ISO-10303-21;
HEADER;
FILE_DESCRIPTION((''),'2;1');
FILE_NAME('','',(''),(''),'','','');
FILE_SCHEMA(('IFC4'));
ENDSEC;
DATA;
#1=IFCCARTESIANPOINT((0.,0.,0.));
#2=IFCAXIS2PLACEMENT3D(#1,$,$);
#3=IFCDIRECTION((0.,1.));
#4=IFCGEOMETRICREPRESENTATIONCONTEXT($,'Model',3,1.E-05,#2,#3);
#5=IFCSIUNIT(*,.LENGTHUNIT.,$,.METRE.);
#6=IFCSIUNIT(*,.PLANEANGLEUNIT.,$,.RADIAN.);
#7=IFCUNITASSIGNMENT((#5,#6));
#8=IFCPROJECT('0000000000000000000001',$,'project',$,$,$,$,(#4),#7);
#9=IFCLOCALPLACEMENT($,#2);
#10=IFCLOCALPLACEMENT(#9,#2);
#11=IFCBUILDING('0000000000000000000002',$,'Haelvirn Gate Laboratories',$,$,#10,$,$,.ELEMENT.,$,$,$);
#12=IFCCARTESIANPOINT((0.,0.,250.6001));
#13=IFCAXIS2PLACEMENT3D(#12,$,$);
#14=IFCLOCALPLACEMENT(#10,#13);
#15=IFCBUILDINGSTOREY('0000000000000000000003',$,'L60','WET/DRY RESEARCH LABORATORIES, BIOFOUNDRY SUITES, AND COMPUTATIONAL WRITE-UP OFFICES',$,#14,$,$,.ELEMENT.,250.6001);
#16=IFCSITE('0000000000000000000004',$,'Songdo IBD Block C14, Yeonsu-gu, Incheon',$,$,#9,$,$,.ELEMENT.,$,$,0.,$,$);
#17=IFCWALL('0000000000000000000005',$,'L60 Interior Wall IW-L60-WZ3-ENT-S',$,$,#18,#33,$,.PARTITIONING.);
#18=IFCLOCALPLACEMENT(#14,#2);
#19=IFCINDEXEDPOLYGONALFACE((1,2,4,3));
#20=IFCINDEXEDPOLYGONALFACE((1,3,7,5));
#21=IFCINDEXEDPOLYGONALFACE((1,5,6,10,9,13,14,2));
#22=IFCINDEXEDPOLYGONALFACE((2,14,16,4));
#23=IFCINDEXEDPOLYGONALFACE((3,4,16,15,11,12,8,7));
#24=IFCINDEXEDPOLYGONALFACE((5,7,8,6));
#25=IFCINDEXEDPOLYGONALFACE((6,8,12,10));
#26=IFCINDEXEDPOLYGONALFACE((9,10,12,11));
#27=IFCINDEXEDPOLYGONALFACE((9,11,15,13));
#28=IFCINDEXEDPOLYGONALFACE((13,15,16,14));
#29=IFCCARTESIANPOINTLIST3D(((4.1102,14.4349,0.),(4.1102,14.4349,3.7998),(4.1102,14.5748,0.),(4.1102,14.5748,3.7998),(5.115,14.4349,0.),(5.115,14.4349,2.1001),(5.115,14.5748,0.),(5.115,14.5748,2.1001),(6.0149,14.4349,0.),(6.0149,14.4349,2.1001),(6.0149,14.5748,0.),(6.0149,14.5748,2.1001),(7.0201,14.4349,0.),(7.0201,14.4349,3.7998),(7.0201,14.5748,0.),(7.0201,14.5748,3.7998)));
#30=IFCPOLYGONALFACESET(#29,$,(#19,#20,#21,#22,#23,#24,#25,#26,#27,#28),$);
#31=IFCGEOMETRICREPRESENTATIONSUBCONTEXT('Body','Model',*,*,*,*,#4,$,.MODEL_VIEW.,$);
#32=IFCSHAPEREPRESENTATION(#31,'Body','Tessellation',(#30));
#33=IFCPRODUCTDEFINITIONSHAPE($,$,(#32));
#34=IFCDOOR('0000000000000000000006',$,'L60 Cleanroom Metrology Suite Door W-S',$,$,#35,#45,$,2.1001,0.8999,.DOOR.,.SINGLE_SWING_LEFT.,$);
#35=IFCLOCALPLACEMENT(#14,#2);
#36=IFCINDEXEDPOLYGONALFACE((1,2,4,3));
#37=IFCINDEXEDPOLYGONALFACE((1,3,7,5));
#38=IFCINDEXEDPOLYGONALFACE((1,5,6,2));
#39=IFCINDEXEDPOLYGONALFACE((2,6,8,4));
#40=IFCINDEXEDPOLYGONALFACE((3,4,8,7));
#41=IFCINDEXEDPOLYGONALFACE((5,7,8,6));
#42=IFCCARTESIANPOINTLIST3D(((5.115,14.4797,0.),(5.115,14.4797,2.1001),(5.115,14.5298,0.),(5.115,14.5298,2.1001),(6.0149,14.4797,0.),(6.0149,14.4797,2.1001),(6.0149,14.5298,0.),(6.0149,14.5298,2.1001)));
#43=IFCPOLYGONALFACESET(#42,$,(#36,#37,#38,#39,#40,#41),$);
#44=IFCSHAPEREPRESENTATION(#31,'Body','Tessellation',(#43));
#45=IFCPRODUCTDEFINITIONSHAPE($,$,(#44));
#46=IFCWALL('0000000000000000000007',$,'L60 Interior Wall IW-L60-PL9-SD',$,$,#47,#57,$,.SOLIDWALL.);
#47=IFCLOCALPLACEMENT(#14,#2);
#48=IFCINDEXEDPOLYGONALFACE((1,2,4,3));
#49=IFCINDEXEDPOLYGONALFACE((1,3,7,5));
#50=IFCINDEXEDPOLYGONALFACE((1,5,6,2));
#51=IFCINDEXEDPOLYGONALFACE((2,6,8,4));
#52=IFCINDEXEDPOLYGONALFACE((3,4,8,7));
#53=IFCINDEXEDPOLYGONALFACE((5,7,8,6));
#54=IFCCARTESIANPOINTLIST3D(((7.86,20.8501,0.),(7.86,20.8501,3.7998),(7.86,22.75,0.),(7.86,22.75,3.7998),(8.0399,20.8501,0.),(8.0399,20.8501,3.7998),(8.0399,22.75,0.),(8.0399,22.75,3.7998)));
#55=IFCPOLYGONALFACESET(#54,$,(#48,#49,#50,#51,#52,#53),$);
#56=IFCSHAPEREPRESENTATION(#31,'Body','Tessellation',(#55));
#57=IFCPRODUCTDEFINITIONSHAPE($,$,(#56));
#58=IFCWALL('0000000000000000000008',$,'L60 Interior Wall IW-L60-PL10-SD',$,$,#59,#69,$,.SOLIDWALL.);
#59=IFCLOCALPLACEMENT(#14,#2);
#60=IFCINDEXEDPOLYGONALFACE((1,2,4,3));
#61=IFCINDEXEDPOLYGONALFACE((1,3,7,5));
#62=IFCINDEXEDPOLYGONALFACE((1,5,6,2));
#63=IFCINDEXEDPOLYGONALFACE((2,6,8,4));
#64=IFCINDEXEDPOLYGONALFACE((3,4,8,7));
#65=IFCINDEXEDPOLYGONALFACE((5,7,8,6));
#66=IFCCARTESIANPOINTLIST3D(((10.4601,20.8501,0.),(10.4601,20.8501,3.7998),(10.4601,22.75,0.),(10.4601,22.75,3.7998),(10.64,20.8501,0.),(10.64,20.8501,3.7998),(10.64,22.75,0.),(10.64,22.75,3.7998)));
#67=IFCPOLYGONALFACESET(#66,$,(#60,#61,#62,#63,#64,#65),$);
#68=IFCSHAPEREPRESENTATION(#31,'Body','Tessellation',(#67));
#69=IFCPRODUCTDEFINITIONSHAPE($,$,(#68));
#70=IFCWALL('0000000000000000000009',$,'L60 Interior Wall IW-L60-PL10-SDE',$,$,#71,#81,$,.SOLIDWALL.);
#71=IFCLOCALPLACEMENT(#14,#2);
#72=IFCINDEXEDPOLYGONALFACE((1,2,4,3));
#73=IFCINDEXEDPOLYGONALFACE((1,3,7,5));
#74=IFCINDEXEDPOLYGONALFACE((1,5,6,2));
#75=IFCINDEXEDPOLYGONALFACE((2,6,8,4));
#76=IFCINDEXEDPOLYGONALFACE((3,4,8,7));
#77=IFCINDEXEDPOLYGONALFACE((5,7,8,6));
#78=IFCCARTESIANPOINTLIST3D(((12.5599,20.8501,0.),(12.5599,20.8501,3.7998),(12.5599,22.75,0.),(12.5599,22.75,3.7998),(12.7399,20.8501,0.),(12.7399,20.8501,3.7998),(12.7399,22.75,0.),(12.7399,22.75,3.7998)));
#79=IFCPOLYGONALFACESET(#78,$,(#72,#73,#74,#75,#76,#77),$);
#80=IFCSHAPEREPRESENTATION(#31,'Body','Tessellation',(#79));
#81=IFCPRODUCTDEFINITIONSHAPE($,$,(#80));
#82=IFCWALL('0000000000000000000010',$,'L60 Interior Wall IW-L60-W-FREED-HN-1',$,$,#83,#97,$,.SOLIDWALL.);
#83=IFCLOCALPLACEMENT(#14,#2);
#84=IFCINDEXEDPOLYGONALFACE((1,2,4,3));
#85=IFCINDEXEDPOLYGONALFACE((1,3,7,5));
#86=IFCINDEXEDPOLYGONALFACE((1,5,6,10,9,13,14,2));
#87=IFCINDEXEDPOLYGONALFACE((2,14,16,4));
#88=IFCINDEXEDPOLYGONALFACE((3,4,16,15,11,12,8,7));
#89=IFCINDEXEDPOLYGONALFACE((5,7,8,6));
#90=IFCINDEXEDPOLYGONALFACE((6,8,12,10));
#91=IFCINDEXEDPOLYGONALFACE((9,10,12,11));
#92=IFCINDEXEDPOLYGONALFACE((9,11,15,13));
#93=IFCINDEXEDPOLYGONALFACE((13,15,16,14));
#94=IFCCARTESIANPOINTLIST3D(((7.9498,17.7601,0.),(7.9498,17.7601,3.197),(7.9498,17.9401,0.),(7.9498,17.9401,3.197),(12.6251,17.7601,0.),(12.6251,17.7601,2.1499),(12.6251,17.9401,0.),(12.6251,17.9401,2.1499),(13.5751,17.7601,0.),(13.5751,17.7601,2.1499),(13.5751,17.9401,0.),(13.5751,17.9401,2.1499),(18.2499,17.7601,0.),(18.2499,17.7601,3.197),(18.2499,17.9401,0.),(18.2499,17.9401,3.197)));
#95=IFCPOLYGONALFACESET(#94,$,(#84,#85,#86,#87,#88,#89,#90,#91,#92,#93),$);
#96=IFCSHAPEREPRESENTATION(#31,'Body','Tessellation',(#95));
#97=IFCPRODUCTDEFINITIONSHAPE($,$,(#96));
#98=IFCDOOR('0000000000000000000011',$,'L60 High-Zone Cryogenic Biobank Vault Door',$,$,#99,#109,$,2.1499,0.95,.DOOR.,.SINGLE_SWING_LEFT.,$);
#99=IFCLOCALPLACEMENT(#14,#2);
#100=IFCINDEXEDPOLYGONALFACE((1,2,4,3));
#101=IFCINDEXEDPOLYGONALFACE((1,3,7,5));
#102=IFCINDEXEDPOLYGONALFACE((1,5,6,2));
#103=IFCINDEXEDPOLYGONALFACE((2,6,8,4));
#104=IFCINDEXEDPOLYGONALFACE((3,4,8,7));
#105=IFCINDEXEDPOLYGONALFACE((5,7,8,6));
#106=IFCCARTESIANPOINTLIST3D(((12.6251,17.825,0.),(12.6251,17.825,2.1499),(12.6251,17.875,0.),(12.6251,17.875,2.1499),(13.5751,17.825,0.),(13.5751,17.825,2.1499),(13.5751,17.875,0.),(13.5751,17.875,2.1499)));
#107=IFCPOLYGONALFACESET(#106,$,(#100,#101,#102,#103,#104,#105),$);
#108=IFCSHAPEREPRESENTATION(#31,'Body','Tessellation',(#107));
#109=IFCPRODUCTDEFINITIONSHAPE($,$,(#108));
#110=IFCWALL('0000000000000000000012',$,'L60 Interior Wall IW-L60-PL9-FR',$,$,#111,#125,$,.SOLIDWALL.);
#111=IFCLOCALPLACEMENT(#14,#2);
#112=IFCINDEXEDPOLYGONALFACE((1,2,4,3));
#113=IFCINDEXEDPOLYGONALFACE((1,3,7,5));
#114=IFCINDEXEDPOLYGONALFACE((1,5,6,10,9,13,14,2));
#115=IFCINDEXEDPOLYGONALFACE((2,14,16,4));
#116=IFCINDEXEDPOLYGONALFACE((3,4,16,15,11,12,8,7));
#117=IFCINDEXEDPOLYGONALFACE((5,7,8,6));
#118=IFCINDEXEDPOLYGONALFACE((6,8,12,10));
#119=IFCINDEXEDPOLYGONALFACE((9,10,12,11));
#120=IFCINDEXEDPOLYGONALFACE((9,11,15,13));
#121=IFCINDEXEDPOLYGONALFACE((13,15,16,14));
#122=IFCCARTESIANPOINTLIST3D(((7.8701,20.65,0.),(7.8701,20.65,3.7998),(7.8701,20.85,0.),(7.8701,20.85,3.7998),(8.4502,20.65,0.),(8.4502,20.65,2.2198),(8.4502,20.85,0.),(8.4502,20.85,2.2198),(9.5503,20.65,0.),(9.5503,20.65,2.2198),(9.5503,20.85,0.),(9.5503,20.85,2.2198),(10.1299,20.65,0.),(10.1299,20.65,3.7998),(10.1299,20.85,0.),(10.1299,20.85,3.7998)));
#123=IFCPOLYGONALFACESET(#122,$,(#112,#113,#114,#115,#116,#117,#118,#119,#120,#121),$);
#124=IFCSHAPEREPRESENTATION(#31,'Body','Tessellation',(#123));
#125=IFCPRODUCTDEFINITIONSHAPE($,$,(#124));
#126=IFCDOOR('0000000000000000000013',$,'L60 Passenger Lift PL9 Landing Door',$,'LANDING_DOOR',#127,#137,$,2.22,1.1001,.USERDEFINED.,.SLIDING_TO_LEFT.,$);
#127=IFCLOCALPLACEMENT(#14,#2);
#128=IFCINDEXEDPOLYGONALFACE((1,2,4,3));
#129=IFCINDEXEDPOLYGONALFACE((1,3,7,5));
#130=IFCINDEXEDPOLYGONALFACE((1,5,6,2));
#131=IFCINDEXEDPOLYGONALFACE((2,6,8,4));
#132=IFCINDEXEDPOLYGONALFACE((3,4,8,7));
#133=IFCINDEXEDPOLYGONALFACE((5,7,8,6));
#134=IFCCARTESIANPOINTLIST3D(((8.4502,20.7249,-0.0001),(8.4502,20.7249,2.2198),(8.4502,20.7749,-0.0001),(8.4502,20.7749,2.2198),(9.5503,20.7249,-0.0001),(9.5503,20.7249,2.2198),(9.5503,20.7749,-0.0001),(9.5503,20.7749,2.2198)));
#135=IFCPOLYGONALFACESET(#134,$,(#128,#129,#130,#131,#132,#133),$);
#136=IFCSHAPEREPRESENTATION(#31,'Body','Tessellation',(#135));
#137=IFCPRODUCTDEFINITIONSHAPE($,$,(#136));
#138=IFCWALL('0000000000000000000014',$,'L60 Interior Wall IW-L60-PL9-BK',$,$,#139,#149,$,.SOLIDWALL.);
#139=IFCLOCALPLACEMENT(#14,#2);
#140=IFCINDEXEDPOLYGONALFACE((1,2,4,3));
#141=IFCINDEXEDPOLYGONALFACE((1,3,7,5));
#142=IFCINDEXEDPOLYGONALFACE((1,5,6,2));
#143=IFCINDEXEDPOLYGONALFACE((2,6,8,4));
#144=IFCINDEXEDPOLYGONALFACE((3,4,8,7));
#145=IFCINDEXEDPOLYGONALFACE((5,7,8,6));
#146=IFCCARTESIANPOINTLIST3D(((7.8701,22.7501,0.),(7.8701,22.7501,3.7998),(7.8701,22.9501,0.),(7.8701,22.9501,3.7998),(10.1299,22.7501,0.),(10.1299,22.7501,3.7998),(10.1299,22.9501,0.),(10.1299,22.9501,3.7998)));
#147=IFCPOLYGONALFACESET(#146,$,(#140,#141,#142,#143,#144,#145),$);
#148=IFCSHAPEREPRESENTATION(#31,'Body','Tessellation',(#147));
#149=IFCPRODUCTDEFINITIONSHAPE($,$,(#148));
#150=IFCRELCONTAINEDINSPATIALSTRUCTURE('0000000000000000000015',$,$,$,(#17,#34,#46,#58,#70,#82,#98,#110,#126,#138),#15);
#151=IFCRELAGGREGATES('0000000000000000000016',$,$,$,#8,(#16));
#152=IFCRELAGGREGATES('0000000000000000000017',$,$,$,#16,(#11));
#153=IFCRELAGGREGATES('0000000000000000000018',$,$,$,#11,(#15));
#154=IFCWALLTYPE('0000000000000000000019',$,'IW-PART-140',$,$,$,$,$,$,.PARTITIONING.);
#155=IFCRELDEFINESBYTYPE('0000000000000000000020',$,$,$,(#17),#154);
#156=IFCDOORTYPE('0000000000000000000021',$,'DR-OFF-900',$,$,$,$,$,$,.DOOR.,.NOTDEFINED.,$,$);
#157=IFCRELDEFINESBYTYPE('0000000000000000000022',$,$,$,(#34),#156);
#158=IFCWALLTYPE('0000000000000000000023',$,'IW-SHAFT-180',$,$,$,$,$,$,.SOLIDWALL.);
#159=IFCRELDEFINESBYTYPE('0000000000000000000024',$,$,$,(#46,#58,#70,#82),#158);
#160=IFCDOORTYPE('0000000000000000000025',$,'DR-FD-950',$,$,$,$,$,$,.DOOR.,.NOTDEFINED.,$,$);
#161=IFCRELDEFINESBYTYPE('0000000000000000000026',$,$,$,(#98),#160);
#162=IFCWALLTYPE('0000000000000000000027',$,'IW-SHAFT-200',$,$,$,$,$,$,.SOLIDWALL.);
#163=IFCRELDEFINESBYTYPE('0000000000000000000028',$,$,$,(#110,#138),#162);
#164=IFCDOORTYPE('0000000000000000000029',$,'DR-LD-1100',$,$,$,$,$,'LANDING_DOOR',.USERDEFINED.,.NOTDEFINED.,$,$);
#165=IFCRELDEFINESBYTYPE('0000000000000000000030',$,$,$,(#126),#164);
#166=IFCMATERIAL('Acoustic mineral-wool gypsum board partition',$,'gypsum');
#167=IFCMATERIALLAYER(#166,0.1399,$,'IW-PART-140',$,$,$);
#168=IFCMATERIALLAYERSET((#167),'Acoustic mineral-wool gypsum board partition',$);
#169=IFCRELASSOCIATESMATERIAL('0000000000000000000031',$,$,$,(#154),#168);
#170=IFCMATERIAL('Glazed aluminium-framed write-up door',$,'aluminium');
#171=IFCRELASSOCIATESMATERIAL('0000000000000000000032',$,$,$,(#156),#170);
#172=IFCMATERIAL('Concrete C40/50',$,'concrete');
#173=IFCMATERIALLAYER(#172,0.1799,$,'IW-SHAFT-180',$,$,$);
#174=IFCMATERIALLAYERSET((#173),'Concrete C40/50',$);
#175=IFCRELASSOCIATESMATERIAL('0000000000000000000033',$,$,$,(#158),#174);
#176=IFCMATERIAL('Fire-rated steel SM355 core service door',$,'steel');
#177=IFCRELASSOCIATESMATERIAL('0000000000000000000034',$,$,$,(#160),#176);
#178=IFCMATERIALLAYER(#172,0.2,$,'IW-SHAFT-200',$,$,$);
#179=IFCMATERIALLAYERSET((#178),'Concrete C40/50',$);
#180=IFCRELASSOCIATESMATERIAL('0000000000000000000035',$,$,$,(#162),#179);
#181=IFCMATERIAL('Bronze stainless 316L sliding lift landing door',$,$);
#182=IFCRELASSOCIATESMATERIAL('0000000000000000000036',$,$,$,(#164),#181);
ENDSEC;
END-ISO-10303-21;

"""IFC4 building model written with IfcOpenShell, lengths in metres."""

from ifc_helpers import new_model, si_unit, direction, frame, frame_2d, origin, place, context, subcontext, project, spatial, rectangle, extrude, source, transform, mapped, material, layer, layer_set, type_object, type_shapes, element, fill, save


model = new_model("IFC4")

# Units and contexts
model_context = context("Model", 3, precision=1e-05, world=origin(), true_north=direction((0.0, 1.0)))
body_context = subcontext(model_context, "Body", "Model", "MODEL_VIEW")
ifc_project = project(units=[si_unit("LENGTHUNIT", "METRE"), si_unit("PLANEANGLEUNIT", "RADIAN")], contexts=[model_context])

# Site, building, storey
site_placement = place(None, origin())
site = spatial("IfcSite", under=ifc_project, at=site_placement, Name="Songdo IBD Block C14, Yeonsu-gu, Incheon", CompositionType="ELEMENT", RefElevation=0.0)
building_placement = place(site_placement, origin())
building = spatial("IfcBuilding", under=site, at=building_placement, Name="Haelvirn Gate Laboratories", CompositionType="ELEMENT")
storey_placement = place(building_placement, frame((0.0, 0.0, 250.6001)))
storey = spatial("IfcBuildingStorey", under=building, at=storey_placement, Name="L60", Description="WET/DRY RESEARCH LABORATORIES, BIOFOUNDRY SUITES, AND COMPUTATIONAL WRITE-UP OFFICES", CompositionType="ELEMENT", Elevation=250.6001)

# Wall, opening, door
ifc_material_1 = material(Name="Acoustic mineral-wool gypsum board partition", Category="gypsum")
ifc_layer_1 = layer(ifc_material_1, 0.1399, Name="IW-PART-140")
ifc_layer_set_1 = layer_set([ifc_layer_1], Name="Acoustic mineral-wool gypsum board partition")
wall_type_1 = type_object("IfcWallType", Name="IW-PART-140", PredefinedType="PARTITIONING", material=ifc_layer_set_1)
wall_1_placement = place(storey_placement, frame((4.1101, 14.5049, 0.0), z_axis=(0.0, 0.0, 1.0), x_axis=(1.0, 0.0, 0.0)))
wall_1 = element("IfcWall", 1, at=wall_1_placement, inside=storey, type_object=wall_type_1, Name="L60 Interior Wall IW-L60-WZ3-ENT-S", PredefinedType="PARTITIONING", context=body_context, shape_type="SweptSolid", body=[
    extrude(rectangle(XDim=2.9099, YDim=0.1399, at=frame_2d((1.4551, 0.0))), origin(), (0.0, 0.0, 1.0), 3.7998),
])
opening_1_placement = place(wall_1_placement, frame((1.0049, 0.0, 0.0)))
opening_1 = element("IfcOpeningElement", 2, at=opening_1_placement, cuts=wall_1, PredefinedType="OPENING", context=body_context, shape_type="SweptSolid", body=[
    extrude(rectangle(XDim=0.8999, YDim=2.1001, at=frame_2d((0.45, 1.05))), frame((0.0, 0.0801, 0.0), z_axis=(0.0, -1.0, 0.0), x_axis=(1.0, 0.0, 0.0)), (0.0, 0.0, 1.0), 0.1599),
])
ifc_material_2 = material(Name="Glazed aluminium-framed write-up door", Category="aluminium")
door_type_1 = type_object("IfcDoorType", Name="DR-OFF-900", OperationType="NOTDEFINED", PredefinedType="DOOR", material=ifc_material_2)
shared_shape_1 = source(origin(), body_context, "Body", "SweptSolid", [
    extrude(rectangle(XDim=0.8999, YDim=2.1001, at=frame_2d((0.45, 1.05))), frame((0.0, 0.0249, 0.0), z_axis=(0.0, -1.0, 0.0), x_axis=(1.0, 0.0, 0.0)), (0.0, 0.0, 1.0), 0.05),
])
type_shapes(door_type_1, [shared_shape_1])
door_1_placement = place(opening_1_placement, origin())
door_1 = element("IfcDoor", 3, at=door_1_placement, inside=storey, type_object=door_type_1, Name="L60 Cleanroom Metrology Suite Door W-S", OperationType="SINGLE_SWING_LEFT", OverallHeight=2.1001, OverallWidth=0.8999, PredefinedType="DOOR", context=body_context, shape_type="MappedRepresentation", body=[
    mapped(shared_shape_1, transform((0.0, 0.0, 0.0), scale=1.0)),
])
fill(opening_1, door_1)

# Walls
ifc_material_3 = material(Name="Concrete C40/50", Category="concrete")
ifc_layer_2 = layer(ifc_material_3, 0.1799, Name="IW-SHAFT-180")
ifc_layer_set_2 = layer_set([ifc_layer_2], Name="Concrete C40/50")
wall_type_2 = type_object("IfcWallType", Name="IW-SHAFT-180", PredefinedType="SOLIDWALL", material=ifc_layer_set_2)
for number, where, z_axis, x_axis, name in (
    (4, (7.95, 20.8501, 0.0), (0.0, 0.0, 1.0), (0.0, 1.0, 0.0), "L60 Interior Wall IW-L60-PL9-SD"),
    (5, (10.55, 20.8501, 0.0), (0.0, 0.0, 1.0), (0.0, 1.0, 0.0), "L60 Interior Wall IW-L60-PL10-SD"),
    (6, (12.6499, 20.8501, 0.0), (0.0, 0.0, 1.0), (0.0, 1.0, 0.0), "L60 Interior Wall IW-L60-PL10-SDE"),
):
    element("IfcWall", number, at=place(storey_placement, frame(where, z_axis=z_axis, x_axis=x_axis)), inside=storey, type_object=wall_type_2, Name=name, PredefinedType="SOLIDWALL", context=body_context, shape_type="SweptSolid", body=[
        extrude(rectangle(XDim=1.8999, YDim=0.1799, at=frame_2d((0.95, 0.0))), origin(), (0.0, 0.0, 1.0), 3.7998),
    ])

# Walls, openings, doors
wall_2_placement = place(storey_placement, frame((7.95, 17.8501, 0.0), z_axis=(0.0, 0.0, 1.0), x_axis=(1.0, 0.0, 0.0)))
wall_2 = element("IfcWall", 7, at=wall_2_placement, inside=storey, type_object=wall_type_2, Name="L60 Interior Wall IW-L60-W-FREED-HN-1", PredefinedType="SOLIDWALL", context=body_context, shape_type="SweptSolid", body=[
    extrude(rectangle(XDim=10.3, YDim=0.1799, at=frame_2d((5.1499, 0.0))), origin(), (0.0, 0.0, 1.0), 3.197),
])
opening_2_placement = place(wall_2_placement, frame((4.675, 0.0, 0.0)))
opening_2 = element("IfcOpeningElement", 8, at=opening_2_placement, cuts=wall_2, PredefinedType="OPENING", context=body_context, shape_type="SweptSolid", body=[
    extrude(rectangle(XDim=0.95, YDim=2.1499, at=frame_2d((0.4751, 1.075))), frame((0.0, 0.1001, 0.0), z_axis=(0.0, -1.0, 0.0), x_axis=(1.0, 0.0, 0.0)), (0.0, 0.0, 1.0), 0.2),
])
ifc_material_4 = material(Name="Fire-rated steel SM355 core service door", Category="steel")
door_type_2 = type_object("IfcDoorType", Name="DR-FD-950", OperationType="NOTDEFINED", PredefinedType="DOOR", material=ifc_material_4)
shared_shape_2 = source(origin(), body_context, "Body", "SweptSolid", [
    extrude(rectangle(XDim=0.95, YDim=2.1499, at=frame_2d((0.4751, 1.075))), frame((0.0, 0.0249, 0.0), z_axis=(0.0, -1.0, 0.0), x_axis=(1.0, 0.0, 0.0)), (0.0, 0.0, 1.0), 0.05),
])
type_shapes(door_type_2, [shared_shape_2])
door_2_placement = place(opening_2_placement, origin())
door_2 = element("IfcDoor", 9, at=door_2_placement, inside=storey, type_object=door_type_2, Name="L60 High-Zone Cryogenic Biobank Vault Door", OperationType="SINGLE_SWING_LEFT", OverallHeight=2.1499, OverallWidth=0.95, PredefinedType="DOOR", context=body_context, shape_type="MappedRepresentation", body=[
    mapped(shared_shape_2, transform((0.0, 0.0, 0.0), scale=1.0)),
])
fill(opening_2, door_2)
ifc_layer_3 = layer(ifc_material_3, 0.2, Name="IW-SHAFT-200")
ifc_layer_set_3 = layer_set([ifc_layer_3], Name="Concrete C40/50")
wall_type_3 = type_object("IfcWallType", Name="IW-SHAFT-200", PredefinedType="SOLIDWALL", material=ifc_layer_set_3)
wall_3_placement = place(storey_placement, frame((7.8701, 20.75, 0.0), z_axis=(0.0, 0.0, 1.0), x_axis=(1.0, 0.0, 0.0)))
wall_3 = element("IfcWall", 10, at=wall_3_placement, inside=storey, type_object=wall_type_3, Name="L60 Interior Wall IW-L60-PL9-FR", PredefinedType="SOLIDWALL", context=body_context, shape_type="SweptSolid", body=[
    extrude(rectangle(XDim=2.2598, YDim=0.2, at=frame_2d((1.1299, 0.0))), origin(), (0.0, 0.0, 1.0), 3.7998),
])
opening_3_placement = place(wall_3_placement, frame((0.5801, 0.0, 0.0)))
opening_3 = element("IfcOpeningElement", 11, at=opening_3_placement, cuts=wall_3, PredefinedType="OPENING", context=body_context, shape_type="SweptSolid", body=[
    extrude(rectangle(XDim=1.1001, YDim=2.22, at=frame_2d((0.55, 1.1099))), frame((0.0, 0.1099, 0.0), z_axis=(0.0, -1.0, 0.0), x_axis=(1.0, 0.0, 0.0)), (0.0, 0.0, 1.0), 0.22),
])
ifc_material_5 = material(Name="Bronze stainless 316L sliding lift landing door")
door_type_3 = type_object("IfcDoorType", Name="DR-LD-1100", ElementType="LANDING_DOOR", OperationType="NOTDEFINED", PredefinedType="USERDEFINED", material=ifc_material_5)
shared_shape_3 = source(origin(), body_context, "Body", "SweptSolid", [
    extrude(rectangle(XDim=1.1001, YDim=2.22, at=frame_2d((0.55, 1.1099))), frame((0.0, 0.0249, 0.0), z_axis=(0.0, -1.0, 0.0), x_axis=(1.0, 0.0, 0.0)), (0.0, 0.0, 1.0), 0.05),
])
type_shapes(door_type_3, [shared_shape_3])
door_3_placement = place(opening_3_placement, origin())
door_3 = element("IfcDoor", 12, at=door_3_placement, inside=storey, type_object=door_type_3, Name="L60 Passenger Lift PL9 Landing Door", ObjectType="LANDING_DOOR", OperationType="SLIDING_TO_LEFT", OverallHeight=2.22, OverallWidth=1.1001, PredefinedType="USERDEFINED", context=body_context, shape_type="MappedRepresentation", body=[
    mapped(shared_shape_3, transform((0.0, 0.0, 0.0), scale=1.0)),
])
fill(opening_3, door_3)

# Wall
wall_4_placement = place(storey_placement, frame((7.8701, 22.8501, 0.0), z_axis=(0.0, 0.0, 1.0), x_axis=(1.0, 0.0, 0.0)))
element("IfcWall", 13, at=wall_4_placement, inside=storey, type_object=wall_type_3, Name="L60 Interior Wall IW-L60-PL9-BK", PredefinedType="SOLIDWALL", context=body_context, shape_type="SweptSolid", body=[
    extrude(rectangle(XDim=2.2598, YDim=0.2, at=frame_2d((1.1299, 0.0))), origin(), (0.0, 0.0, 1.0), 3.7998),
])

save(model, "model.ifc")
